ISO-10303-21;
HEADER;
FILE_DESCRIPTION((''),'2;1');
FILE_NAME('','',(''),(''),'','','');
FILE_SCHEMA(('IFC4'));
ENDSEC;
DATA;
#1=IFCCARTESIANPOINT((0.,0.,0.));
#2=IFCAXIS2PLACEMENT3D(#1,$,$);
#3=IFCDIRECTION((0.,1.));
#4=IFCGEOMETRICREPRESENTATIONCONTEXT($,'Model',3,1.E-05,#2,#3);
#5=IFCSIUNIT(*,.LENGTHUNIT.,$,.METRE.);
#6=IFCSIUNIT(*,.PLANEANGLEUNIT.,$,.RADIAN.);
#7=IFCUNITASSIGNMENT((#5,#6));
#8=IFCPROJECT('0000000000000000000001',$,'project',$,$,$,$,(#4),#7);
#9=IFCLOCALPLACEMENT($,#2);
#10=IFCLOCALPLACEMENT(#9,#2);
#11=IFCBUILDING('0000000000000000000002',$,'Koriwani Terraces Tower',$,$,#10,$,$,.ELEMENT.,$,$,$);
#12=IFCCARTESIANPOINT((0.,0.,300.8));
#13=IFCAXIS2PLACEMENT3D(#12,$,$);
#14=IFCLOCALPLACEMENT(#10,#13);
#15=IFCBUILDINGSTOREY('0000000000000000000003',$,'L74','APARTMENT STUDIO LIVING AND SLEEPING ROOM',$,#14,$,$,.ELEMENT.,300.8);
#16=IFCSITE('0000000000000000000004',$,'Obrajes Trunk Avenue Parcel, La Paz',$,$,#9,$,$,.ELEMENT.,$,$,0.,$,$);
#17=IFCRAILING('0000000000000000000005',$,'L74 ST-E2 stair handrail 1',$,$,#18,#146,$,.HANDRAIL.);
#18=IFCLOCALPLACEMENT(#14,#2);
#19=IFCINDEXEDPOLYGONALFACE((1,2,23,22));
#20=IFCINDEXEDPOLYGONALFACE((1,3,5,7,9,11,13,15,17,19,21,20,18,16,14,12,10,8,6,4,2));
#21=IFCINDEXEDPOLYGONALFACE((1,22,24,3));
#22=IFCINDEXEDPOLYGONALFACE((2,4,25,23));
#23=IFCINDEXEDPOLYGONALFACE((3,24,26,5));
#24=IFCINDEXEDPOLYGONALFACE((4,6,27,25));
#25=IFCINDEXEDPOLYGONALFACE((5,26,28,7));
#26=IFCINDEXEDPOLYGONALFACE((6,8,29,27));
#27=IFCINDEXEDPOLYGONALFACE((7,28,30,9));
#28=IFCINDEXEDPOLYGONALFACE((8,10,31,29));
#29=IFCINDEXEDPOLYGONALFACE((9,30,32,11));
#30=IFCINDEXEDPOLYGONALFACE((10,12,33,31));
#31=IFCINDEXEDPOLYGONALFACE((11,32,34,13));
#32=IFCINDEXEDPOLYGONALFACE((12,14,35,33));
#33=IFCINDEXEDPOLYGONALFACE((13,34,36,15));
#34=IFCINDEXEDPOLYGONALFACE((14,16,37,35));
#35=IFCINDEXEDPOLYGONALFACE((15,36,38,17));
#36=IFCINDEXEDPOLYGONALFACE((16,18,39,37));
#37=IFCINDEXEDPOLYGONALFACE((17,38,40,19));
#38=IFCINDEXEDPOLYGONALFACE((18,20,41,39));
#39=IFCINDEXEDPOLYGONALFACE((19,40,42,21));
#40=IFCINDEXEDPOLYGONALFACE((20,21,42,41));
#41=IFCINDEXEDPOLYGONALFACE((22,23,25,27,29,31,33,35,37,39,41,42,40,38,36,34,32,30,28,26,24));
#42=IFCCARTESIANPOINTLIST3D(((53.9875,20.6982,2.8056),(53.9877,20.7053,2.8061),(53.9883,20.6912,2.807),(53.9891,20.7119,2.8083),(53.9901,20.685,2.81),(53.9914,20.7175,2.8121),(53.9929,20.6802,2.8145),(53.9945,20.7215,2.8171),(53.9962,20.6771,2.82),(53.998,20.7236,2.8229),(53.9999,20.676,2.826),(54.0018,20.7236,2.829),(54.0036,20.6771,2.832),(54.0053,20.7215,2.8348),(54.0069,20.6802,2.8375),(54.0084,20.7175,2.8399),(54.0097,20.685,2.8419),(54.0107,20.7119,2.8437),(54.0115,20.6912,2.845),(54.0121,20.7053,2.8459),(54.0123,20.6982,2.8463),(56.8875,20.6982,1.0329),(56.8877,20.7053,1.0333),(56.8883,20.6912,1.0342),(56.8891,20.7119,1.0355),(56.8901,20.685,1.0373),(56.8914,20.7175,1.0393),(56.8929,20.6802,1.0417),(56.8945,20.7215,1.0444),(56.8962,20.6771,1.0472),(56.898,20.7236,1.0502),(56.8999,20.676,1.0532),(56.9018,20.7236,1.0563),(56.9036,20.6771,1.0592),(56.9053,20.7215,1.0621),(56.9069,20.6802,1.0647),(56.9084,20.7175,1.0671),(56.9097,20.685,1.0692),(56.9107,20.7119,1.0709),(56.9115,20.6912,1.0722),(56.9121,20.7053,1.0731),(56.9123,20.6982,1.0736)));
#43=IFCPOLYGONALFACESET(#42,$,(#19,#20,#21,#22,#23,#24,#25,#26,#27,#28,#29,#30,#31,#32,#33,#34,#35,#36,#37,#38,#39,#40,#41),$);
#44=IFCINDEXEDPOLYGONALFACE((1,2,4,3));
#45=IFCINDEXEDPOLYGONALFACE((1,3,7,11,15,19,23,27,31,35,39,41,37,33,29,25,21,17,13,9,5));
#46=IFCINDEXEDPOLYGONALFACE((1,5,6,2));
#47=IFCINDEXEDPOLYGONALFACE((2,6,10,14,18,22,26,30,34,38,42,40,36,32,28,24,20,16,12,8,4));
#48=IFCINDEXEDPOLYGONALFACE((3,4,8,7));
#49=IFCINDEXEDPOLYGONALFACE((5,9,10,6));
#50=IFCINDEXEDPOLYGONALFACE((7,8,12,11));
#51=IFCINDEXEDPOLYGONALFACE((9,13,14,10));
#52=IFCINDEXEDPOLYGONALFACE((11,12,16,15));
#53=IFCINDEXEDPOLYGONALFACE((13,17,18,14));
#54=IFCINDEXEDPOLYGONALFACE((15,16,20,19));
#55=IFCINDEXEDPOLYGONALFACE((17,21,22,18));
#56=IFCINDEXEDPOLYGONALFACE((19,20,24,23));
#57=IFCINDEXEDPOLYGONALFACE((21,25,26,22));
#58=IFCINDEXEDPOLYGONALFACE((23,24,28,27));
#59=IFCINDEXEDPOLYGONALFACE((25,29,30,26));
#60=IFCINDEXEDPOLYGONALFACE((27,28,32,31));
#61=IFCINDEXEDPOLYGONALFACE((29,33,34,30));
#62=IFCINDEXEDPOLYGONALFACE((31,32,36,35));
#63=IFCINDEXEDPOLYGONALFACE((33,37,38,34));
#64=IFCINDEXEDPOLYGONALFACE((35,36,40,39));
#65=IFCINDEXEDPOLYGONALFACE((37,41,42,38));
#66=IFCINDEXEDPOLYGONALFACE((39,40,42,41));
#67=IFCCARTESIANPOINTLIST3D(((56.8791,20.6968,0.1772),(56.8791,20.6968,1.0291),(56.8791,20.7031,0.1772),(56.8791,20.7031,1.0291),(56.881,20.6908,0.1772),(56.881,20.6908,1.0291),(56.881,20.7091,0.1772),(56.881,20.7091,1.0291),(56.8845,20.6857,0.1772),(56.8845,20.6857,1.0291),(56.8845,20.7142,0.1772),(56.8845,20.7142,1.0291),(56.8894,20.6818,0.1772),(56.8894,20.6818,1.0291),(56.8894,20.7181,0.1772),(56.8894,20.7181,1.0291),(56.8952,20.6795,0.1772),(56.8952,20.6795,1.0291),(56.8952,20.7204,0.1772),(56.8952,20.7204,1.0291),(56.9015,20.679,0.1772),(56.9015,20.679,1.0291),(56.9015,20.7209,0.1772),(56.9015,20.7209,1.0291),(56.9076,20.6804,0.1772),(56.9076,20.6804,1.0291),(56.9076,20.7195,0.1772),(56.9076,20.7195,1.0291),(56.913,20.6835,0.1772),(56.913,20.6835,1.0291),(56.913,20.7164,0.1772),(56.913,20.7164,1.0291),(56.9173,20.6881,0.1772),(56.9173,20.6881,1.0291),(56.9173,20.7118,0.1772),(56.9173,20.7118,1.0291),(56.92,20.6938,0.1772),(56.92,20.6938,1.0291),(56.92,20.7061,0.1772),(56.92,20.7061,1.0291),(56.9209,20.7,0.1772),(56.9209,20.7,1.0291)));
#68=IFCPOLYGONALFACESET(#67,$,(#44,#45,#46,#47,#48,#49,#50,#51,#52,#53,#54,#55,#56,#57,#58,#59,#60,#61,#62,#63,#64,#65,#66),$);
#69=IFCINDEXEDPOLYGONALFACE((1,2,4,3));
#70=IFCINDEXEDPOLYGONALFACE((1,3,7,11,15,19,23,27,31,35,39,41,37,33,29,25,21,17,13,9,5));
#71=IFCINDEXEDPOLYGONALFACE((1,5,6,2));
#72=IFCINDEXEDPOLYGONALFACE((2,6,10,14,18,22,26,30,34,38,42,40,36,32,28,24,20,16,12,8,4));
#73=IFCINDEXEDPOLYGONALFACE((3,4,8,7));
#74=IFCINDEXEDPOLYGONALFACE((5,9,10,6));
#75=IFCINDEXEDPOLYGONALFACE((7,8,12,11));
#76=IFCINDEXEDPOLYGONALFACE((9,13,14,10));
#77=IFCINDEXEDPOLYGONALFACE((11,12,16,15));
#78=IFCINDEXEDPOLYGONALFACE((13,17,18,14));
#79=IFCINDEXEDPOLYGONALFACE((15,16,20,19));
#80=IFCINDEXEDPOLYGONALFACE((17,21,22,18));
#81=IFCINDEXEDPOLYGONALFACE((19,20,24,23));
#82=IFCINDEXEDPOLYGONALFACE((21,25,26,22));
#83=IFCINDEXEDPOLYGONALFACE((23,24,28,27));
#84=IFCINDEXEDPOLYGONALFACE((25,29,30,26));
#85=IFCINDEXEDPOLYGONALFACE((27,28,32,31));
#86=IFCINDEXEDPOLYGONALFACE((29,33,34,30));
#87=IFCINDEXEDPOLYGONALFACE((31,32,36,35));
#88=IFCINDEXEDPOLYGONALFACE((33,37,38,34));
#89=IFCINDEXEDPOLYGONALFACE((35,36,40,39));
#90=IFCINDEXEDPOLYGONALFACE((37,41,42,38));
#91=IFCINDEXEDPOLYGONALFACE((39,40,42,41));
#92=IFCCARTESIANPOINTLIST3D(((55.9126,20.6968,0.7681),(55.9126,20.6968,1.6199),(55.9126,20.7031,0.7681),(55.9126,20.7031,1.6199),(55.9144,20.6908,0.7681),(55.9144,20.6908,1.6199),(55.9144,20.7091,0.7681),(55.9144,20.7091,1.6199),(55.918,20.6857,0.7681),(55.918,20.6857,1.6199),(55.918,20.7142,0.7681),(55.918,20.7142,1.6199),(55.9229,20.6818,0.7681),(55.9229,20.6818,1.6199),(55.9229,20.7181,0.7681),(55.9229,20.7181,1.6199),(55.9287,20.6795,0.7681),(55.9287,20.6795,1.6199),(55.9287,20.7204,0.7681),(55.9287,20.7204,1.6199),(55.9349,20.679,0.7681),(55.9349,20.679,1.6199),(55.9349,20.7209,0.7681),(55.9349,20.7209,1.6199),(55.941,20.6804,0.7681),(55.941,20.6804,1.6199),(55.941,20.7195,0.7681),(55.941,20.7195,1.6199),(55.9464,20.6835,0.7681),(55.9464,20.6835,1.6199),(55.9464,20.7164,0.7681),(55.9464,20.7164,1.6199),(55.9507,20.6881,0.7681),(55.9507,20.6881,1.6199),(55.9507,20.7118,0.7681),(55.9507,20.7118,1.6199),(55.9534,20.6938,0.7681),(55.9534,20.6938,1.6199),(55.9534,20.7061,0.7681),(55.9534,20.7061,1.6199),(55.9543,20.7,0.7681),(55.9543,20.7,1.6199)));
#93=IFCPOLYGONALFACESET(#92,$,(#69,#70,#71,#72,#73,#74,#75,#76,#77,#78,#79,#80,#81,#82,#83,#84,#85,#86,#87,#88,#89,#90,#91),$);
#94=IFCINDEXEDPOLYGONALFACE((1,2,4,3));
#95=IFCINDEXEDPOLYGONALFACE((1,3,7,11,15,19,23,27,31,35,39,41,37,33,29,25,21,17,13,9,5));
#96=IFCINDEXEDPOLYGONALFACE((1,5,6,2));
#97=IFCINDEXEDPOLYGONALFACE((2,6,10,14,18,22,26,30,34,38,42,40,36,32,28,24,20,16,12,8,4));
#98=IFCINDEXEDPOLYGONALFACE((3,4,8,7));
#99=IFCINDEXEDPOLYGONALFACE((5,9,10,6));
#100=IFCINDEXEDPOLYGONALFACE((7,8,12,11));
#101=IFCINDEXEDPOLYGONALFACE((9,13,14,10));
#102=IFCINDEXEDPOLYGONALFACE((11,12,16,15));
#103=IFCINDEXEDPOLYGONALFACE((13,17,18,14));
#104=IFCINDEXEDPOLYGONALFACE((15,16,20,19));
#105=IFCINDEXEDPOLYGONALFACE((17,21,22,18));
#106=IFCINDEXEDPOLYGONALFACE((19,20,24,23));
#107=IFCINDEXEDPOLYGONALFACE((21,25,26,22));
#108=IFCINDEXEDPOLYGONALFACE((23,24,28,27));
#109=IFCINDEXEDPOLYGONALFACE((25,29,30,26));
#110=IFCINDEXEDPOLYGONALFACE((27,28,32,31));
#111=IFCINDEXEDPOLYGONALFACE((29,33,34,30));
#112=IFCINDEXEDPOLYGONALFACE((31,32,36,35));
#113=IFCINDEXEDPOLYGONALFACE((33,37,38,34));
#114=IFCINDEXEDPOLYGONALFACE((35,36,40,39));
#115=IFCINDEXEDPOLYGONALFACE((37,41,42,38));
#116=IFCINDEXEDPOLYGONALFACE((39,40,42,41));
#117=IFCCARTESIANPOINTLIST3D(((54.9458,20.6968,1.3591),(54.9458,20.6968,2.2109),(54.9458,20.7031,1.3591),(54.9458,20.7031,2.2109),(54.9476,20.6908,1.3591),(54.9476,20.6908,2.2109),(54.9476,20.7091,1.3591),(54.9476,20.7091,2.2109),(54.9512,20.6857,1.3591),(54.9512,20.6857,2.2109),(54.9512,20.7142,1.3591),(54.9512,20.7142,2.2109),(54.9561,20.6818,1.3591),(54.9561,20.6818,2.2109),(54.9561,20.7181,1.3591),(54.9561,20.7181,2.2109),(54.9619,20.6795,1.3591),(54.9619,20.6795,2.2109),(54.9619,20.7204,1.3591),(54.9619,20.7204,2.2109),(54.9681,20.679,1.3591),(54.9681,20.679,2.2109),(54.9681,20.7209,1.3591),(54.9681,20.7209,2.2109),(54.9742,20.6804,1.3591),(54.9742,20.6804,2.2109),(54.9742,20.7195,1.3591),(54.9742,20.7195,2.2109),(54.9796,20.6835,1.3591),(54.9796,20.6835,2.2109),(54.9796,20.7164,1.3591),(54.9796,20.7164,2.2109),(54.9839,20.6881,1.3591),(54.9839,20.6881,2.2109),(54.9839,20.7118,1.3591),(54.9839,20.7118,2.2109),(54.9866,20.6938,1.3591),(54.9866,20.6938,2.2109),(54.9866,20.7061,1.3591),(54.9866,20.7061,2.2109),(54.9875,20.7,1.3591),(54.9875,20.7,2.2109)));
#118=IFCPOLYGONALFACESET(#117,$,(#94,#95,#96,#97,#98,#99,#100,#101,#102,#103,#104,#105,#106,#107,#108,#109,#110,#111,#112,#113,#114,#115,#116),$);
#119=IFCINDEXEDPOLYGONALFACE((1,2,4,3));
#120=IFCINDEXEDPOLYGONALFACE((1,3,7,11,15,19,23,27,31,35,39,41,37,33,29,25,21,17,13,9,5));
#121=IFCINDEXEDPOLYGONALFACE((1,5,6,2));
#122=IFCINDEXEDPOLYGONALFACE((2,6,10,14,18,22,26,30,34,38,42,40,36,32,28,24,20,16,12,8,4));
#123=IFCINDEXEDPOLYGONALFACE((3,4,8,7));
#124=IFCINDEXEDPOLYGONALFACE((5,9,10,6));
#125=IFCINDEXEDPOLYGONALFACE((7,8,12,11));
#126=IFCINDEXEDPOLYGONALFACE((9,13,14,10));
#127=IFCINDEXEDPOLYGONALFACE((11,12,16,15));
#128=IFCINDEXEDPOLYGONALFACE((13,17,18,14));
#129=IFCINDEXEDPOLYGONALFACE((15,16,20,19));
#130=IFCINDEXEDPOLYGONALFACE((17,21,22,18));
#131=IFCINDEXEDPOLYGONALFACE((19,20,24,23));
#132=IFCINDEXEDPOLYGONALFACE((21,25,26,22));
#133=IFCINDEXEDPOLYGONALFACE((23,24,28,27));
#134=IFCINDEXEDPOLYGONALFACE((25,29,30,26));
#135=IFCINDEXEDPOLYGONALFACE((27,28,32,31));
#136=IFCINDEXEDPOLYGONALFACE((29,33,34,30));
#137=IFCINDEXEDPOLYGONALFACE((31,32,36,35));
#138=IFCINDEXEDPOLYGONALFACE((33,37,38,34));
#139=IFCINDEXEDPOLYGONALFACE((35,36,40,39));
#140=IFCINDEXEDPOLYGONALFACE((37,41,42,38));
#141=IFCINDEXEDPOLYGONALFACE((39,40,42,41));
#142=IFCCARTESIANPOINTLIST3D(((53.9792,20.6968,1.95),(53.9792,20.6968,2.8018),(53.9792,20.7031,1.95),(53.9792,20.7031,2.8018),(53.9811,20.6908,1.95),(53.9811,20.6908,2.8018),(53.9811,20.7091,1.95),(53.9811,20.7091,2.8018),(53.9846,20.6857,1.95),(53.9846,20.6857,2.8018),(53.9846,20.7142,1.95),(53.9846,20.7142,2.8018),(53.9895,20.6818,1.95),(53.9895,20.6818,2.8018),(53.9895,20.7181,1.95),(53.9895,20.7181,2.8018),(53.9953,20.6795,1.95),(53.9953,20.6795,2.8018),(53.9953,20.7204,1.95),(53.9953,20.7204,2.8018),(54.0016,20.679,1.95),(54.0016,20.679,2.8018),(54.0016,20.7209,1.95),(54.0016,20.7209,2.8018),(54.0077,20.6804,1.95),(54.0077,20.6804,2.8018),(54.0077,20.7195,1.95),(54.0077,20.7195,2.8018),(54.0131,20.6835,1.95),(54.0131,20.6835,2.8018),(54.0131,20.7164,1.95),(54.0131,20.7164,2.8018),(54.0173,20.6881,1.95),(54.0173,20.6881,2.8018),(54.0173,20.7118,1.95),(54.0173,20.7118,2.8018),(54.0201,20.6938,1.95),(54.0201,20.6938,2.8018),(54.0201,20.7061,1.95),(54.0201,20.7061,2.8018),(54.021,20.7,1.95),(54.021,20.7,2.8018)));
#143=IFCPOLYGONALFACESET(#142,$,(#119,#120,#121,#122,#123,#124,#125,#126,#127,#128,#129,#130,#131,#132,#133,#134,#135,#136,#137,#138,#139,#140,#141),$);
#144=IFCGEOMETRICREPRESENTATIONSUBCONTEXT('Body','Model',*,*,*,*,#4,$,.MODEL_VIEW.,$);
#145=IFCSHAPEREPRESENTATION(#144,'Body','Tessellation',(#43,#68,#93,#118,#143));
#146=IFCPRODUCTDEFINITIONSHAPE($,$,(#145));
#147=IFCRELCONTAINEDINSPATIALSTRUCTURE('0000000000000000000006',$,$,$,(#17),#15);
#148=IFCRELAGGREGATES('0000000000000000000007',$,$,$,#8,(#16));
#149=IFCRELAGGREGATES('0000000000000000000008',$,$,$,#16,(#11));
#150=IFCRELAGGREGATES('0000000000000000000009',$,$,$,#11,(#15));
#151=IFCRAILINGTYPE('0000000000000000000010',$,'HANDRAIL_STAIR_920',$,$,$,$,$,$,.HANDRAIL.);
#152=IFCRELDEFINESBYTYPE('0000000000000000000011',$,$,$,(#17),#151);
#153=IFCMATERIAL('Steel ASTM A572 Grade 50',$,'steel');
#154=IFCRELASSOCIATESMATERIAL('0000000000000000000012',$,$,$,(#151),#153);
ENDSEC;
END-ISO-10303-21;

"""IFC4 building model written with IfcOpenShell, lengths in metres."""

from ifc_helpers import new_model, si_unit, direction, frame, origin, origin_2d, place, context, subcontext, project, spatial, circle, extrude, material, type_object, element, save


model = new_model("IFC4")

# Units and contexts
model_context = context("Model", 3, precision=1e-05, world=origin(), true_north=direction((0.0, 1.0)))
body_context = subcontext(model_context, "Body", "Model", "MODEL_VIEW")
ifc_project = project(units=[si_unit("LENGTHUNIT", "METRE"), si_unit("PLANEANGLEUNIT", "RADIAN")], contexts=[model_context])

# Site, building, storey
site_placement = place(None, origin())
site = spatial("IfcSite", under=ifc_project, at=site_placement, Name="Obrajes Trunk Avenue Parcel, La Paz", CompositionType="ELEMENT", RefElevation=0.0)
building_placement = place(site_placement, origin())
building = spatial("IfcBuilding", under=site, at=building_placement, Name="Koriwani Terraces Tower", CompositionType="ELEMENT")
storey_placement = place(building_placement, frame((0.0, 0.0, 300.8)))
storey = spatial("IfcBuildingStorey", under=building, at=storey_placement, Name="L74", Description="APARTMENT STUDIO LIVING AND SLEEPING ROOM", CompositionType="ELEMENT", Elevation=300.8)

# Shared definitions
ifc_material_1 = material(Name="Steel ASTM A572 Grade 50", Category="steel")

# Railing
railing_type_1 = type_object("IfcRailingType", Name="HANDRAIL_STAIR_920", PredefinedType="HANDRAIL", material=ifc_material_1)
railing_1_placement = place(storey_placement, frame((56.8999, 20.7, 0.1772)))
element("IfcRailing", 1, at=railing_1_placement, inside=storey, type_object=railing_type_1, Name="L74 ST-E2 stair handrail 1", PredefinedType="HANDRAIL", context=body_context, shape_type="SweptSolid", body=[
    extrude(circle(Radius=0.0239, at=origin_2d()), frame((0.0, 0.0, 0.876), z_axis=(-0.853211, 0.0, 0.521566), x_axis=(0.0, -1.0, 0.0)), (0.0, 0.0, 1.0), 3.3989),
    extrude(circle(Radius=0.021, at=origin_2d()), origin(), (0.0, 0.0, 1.0), 0.8518),
    extrude(circle(Radius=0.021, at=origin_2d()), frame((-0.9666, 0.0, 0.5908)), (0.0, 0.0, 1.0), 0.8518),
    extrude(circle(Radius=0.021, at=origin_2d()), frame((-1.9333, 0.0, 1.1819)), (0.0, 0.0, 1.0), 0.8518),
    extrude(circle(Radius=0.021, at=origin_2d()), frame((-2.8999, 0.0, 1.7727)), (0.0, 0.0, 1.0), 0.8518),
])

save(model, "model.ifc")
